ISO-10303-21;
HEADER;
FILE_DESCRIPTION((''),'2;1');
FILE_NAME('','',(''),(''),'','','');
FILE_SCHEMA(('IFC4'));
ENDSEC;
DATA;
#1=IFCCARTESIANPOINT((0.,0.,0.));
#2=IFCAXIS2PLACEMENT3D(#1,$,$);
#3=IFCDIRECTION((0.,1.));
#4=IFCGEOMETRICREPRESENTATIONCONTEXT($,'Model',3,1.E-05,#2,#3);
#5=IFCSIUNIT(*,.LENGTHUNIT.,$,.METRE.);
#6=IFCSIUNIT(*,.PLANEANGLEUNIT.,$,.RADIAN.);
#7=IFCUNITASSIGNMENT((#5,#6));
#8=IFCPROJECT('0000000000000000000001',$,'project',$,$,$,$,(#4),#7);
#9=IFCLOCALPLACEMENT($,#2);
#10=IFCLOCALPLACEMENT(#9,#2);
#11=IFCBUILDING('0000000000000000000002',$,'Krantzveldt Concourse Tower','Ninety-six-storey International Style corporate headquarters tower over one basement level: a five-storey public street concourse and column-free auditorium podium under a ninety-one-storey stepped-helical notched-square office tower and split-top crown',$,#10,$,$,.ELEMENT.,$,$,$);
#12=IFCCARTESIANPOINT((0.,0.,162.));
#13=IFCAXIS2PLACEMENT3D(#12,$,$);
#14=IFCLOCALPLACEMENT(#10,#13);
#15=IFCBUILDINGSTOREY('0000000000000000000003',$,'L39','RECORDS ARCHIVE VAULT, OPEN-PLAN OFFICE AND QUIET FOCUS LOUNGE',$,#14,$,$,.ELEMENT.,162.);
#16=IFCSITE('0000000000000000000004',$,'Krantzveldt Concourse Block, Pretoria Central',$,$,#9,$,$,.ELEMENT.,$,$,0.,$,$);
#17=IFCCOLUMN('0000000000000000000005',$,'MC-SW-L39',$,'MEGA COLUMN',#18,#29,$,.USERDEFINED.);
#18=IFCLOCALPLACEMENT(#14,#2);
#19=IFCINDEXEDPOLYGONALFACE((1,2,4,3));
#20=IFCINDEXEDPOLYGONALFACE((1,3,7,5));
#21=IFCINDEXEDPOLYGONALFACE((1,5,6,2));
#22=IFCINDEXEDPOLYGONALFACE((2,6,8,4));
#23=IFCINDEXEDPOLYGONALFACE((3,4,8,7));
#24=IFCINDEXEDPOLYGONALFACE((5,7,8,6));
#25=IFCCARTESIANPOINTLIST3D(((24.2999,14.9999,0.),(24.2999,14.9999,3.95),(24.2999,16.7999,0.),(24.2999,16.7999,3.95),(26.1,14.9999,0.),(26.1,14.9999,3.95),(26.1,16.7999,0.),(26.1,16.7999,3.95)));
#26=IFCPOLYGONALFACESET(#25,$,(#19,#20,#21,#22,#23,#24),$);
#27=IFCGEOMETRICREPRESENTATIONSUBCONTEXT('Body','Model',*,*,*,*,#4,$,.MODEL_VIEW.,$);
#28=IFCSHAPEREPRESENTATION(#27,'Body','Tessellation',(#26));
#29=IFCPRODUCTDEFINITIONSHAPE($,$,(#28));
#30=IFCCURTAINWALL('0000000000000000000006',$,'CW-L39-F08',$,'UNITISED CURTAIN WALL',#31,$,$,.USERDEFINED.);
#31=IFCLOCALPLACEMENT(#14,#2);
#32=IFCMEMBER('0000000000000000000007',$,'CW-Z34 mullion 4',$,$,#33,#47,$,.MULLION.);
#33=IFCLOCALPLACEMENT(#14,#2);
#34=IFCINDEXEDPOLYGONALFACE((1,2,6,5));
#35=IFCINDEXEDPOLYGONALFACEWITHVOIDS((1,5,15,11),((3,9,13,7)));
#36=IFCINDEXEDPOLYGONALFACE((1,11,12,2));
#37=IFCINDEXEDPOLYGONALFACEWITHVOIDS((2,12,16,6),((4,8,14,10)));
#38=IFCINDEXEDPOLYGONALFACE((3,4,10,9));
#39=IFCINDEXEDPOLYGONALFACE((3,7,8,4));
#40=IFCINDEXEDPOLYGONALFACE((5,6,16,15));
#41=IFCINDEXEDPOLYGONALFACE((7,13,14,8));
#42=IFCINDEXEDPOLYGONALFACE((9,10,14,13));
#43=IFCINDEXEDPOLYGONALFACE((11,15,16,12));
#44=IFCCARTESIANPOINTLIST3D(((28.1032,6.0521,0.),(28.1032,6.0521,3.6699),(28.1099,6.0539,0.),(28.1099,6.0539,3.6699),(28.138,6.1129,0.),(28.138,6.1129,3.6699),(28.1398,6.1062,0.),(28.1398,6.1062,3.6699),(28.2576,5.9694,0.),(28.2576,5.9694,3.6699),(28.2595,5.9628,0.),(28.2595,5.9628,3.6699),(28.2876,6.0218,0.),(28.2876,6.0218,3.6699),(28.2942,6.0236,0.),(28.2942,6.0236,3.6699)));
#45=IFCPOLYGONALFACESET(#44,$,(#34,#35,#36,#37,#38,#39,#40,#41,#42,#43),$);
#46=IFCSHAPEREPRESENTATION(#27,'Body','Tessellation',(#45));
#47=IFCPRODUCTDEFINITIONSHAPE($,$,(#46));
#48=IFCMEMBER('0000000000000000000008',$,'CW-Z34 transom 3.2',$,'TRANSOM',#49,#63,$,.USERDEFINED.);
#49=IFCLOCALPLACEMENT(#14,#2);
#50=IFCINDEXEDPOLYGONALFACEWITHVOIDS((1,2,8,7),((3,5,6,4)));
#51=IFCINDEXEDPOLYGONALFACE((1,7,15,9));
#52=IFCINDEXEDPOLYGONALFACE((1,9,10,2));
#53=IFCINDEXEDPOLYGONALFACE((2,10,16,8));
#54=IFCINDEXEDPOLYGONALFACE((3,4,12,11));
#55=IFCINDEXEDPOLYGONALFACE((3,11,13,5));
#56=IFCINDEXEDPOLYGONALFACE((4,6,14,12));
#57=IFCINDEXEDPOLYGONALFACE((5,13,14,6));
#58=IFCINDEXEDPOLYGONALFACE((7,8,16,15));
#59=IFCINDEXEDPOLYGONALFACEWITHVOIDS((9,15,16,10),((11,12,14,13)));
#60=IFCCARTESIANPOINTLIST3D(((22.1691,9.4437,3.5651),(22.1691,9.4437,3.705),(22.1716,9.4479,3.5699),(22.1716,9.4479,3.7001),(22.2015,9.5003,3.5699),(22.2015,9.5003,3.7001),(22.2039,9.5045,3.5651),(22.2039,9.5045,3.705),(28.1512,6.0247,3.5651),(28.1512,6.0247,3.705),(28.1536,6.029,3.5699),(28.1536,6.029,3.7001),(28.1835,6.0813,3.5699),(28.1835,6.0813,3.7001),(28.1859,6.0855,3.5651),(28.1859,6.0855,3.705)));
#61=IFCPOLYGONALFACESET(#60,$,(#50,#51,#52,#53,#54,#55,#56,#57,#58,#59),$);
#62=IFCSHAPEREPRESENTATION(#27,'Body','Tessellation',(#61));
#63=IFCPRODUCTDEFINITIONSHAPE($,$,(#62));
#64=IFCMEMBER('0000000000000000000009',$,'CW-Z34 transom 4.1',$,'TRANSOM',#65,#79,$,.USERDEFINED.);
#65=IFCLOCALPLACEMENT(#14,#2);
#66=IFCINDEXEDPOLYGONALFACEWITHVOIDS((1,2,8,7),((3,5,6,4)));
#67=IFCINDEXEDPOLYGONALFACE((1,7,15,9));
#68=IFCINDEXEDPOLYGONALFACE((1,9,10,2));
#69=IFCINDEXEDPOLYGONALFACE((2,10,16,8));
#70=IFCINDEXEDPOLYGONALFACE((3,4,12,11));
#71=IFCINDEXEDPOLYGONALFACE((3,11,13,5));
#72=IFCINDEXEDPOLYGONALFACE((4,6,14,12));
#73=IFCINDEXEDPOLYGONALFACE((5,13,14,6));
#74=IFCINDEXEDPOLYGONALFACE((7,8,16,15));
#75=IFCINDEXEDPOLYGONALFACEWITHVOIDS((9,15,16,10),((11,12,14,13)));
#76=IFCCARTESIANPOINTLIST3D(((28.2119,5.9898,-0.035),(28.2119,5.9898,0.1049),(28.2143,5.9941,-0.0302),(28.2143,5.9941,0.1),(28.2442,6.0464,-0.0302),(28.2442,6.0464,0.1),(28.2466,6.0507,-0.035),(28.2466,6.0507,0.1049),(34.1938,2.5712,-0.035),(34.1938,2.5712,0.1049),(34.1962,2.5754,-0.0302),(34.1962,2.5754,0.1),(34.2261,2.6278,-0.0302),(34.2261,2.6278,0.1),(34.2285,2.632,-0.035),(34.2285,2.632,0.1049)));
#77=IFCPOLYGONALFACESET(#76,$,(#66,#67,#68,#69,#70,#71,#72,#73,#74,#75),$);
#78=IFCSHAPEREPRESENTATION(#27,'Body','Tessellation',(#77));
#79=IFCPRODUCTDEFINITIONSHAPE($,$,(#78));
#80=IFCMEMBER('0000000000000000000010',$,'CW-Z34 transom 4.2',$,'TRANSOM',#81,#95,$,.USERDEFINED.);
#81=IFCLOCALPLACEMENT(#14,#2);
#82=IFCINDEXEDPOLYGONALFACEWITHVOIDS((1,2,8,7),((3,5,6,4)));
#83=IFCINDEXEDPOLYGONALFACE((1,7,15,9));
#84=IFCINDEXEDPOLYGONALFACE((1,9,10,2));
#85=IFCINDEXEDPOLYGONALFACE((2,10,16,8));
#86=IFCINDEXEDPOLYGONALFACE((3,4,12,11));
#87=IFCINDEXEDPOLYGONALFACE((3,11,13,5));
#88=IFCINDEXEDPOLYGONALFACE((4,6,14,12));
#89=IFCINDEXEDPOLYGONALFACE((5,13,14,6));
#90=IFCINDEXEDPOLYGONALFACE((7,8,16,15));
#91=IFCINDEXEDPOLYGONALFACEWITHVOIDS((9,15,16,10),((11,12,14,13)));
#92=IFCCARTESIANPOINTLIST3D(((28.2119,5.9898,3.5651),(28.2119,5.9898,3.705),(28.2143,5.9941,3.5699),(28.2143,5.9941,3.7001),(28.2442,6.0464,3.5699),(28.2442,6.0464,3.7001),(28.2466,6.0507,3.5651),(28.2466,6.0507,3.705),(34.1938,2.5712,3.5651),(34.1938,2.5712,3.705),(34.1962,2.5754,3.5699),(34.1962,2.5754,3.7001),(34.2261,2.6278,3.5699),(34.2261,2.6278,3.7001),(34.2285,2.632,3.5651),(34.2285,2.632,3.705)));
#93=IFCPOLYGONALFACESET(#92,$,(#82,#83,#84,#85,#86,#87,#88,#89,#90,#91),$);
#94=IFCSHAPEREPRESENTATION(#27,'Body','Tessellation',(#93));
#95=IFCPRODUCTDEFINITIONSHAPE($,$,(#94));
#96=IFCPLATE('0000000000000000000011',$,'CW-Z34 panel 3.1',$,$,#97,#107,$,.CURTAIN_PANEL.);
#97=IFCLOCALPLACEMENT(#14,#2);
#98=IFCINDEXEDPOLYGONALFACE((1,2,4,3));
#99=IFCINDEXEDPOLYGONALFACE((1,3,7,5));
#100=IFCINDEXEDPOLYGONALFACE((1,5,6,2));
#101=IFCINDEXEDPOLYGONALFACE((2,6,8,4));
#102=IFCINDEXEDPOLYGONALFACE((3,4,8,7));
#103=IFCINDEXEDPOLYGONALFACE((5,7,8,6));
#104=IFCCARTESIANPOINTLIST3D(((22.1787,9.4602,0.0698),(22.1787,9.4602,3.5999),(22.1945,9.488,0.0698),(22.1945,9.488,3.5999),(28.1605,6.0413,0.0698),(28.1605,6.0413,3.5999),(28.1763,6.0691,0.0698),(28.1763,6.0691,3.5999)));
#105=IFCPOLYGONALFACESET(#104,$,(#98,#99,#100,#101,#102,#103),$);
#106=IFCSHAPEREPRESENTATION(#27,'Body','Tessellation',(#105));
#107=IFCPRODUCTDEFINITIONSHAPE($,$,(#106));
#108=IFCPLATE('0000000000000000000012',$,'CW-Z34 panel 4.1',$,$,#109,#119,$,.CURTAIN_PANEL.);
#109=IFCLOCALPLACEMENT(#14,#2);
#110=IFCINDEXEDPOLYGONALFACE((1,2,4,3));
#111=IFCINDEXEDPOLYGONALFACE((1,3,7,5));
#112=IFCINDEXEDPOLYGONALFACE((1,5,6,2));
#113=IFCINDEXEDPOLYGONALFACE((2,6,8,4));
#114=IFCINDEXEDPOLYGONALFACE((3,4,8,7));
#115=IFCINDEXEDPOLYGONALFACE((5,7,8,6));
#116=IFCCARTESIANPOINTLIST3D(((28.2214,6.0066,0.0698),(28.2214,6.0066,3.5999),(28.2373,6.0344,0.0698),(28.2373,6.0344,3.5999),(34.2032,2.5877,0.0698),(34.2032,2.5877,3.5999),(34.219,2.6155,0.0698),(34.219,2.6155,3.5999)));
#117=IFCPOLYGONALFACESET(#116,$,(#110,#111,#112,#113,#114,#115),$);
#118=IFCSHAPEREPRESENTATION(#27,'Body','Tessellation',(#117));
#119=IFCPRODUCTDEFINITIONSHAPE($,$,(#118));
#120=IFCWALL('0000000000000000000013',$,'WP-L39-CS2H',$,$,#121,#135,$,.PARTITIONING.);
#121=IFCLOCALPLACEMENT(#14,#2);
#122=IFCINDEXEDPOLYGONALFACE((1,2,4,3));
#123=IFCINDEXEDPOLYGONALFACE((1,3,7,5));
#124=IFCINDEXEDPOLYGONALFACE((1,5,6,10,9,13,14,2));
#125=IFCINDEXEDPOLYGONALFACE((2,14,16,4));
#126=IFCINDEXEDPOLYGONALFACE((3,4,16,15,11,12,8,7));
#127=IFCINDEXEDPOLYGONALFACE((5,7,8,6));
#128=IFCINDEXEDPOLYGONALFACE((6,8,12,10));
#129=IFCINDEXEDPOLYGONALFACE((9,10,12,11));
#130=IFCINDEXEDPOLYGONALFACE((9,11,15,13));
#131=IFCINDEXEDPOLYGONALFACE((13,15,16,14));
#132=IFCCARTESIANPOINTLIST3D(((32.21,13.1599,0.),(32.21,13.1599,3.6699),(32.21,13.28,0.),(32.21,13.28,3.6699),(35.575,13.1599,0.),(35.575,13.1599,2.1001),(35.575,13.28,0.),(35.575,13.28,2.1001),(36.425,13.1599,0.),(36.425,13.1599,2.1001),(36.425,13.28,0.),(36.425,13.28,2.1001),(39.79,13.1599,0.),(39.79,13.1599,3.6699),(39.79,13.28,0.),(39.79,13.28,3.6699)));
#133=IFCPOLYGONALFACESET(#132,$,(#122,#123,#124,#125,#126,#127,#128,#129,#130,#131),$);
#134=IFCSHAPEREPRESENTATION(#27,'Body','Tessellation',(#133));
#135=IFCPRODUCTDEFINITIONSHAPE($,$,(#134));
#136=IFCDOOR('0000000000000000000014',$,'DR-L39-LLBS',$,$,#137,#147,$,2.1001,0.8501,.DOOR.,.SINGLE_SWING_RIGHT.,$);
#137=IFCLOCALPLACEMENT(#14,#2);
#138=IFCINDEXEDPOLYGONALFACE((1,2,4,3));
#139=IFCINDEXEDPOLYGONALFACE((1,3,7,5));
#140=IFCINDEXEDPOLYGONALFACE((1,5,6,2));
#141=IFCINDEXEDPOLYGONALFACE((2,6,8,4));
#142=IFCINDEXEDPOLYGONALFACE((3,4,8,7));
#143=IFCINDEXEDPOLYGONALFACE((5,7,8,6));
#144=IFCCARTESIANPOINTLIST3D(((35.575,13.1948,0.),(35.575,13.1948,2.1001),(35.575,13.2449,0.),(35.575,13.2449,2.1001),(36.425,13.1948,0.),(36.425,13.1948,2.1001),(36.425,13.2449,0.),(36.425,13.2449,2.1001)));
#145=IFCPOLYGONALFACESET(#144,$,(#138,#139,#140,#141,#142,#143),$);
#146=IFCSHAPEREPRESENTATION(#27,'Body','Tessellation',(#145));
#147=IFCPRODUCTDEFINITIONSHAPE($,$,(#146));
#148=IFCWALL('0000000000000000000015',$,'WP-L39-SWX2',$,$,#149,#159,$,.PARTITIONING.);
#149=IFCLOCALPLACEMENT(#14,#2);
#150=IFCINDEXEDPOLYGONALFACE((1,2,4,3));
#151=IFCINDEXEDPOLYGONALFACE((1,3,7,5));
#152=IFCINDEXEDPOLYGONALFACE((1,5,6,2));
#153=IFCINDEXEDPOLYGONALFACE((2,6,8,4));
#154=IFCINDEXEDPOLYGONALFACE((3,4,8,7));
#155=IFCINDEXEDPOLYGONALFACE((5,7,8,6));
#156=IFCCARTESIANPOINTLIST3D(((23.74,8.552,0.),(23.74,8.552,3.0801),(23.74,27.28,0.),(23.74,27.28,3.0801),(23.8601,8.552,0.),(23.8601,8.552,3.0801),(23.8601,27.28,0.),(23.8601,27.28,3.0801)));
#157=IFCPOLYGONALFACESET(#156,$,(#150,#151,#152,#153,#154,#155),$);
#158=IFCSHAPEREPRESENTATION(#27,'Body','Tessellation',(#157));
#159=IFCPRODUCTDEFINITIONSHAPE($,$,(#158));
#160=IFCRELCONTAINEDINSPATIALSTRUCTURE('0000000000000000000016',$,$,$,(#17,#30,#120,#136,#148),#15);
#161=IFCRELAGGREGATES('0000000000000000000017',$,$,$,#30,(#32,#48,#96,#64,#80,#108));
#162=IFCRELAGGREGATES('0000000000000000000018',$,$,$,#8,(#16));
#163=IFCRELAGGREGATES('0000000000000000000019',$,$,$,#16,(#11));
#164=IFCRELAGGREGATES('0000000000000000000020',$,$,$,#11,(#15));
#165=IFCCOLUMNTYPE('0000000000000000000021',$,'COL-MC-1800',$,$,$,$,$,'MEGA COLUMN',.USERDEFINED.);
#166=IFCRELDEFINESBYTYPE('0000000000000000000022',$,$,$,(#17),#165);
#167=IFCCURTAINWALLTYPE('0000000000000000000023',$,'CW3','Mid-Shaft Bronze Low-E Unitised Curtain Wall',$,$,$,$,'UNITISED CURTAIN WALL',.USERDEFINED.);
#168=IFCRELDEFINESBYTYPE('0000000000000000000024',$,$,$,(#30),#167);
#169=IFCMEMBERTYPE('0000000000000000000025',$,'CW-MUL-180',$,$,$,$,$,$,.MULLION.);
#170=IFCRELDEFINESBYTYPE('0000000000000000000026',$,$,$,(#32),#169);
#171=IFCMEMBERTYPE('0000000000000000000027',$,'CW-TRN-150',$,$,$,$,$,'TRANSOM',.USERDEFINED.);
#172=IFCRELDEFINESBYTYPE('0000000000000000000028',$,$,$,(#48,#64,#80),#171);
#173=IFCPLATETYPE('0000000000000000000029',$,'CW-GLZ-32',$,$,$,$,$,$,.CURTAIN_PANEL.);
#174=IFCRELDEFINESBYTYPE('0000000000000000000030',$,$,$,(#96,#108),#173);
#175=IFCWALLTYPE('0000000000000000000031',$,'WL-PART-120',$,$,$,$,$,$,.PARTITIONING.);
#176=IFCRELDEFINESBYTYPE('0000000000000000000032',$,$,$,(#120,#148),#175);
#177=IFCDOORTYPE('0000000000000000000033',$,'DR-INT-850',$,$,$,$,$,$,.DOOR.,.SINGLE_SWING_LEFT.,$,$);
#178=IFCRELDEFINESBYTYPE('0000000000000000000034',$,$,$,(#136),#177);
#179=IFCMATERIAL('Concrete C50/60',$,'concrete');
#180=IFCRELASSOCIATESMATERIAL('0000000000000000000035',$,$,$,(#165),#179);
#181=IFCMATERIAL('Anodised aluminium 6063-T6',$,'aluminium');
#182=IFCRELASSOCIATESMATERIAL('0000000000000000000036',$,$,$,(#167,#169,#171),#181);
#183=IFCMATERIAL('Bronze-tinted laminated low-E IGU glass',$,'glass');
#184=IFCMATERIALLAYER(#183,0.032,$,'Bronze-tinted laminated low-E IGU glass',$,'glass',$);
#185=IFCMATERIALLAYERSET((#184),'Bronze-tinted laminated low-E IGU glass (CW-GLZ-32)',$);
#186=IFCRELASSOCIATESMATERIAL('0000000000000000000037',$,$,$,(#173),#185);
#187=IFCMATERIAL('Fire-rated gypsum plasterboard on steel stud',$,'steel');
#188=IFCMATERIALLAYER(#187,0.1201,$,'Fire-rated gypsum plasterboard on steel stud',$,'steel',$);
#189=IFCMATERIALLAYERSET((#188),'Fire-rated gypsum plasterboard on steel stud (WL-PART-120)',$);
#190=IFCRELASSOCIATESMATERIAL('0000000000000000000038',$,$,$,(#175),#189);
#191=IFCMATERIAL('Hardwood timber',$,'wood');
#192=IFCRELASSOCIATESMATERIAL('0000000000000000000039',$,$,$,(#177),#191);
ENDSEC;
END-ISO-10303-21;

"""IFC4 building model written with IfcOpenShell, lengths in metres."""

from ifc_helpers import new_model, si_unit, direction, frame, frame_2d, origin, origin_2d, place, context, subcontext, project, spatial, rectangle, hollow_rectangle, extrude, source, transform, mapped, material, layer, layer_set, material_profile, profile_set, type_object, type_shapes, element, fill, aggregate, save


model = new_model("IFC4")

# Units and contexts
model_context = context("Model", 3, precision=1e-05, world=origin(), true_north=direction((0.0, 1.0)))
body_context = subcontext(model_context, "Body", "Model", "MODEL_VIEW")
ifc_project = project(units=[si_unit("LENGTHUNIT", "METRE"), si_unit("PLANEANGLEUNIT", "RADIAN")], contexts=[model_context])

# Site, building, storey
site_placement = place(None, origin())
site = spatial("IfcSite", under=ifc_project, at=site_placement, Name="Krantzveldt Concourse Block, Pretoria Central", CompositionType="ELEMENT", RefElevation=0.0)
building_placement = place(site_placement, origin())
building = spatial("IfcBuilding", under=site, at=building_placement, Name="Krantzveldt Concourse Tower", Description="Ninety-six-storey International Style corporate headquarters tower over one basement level: a five-storey public street concourse and column-free auditorium podium under a ninety-one-storey stepped-helical notched-square office tower and split-top crown", CompositionType="ELEMENT")
storey_placement = place(building_placement, frame((0.0, 0.0, 162.0)))
storey = spatial("IfcBuildingStorey", under=building, at=storey_placement, Name="L39", Description="RECORDS ARCHIVE VAULT, OPEN-PLAN OFFICE AND QUIET FOCUS LOUNGE", CompositionType="ELEMENT", Elevation=162.0)

# Column
ifc_material_1 = material(Name="Concrete C50/60", Category="concrete")
ifc_material_profile_1 = material_profile(ifc_material_1, rectangle(XDim=1.8, YDim=1.8, at=origin_2d()), Name="Concrete C50/60", Category="concrete")
ifc_profile_set_1 = profile_set([ifc_material_profile_1], Name="Concrete C50/60 - RC 1800x1800")
column_type = type_object("IfcColumnType", Name="COL-MC-1800", ElementType="MEGA COLUMN", PredefinedType="USERDEFINED", material=ifc_profile_set_1)
shared_shape_1 = source(origin(), body_context, "Body", "SweptSolid", [
    extrude(rectangle(XDim=1.8, YDim=1.8, at=origin_2d()), origin(), (0.0, 0.0, 1.0), 3.95),
])
type_shapes(column_type, [shared_shape_1])
column_placement = place(storey_placement, frame((25.2, 15.8999, 0.0), z_axis=(0.0, 0.0, 1.0), x_axis=(1.0, 0.0, 0.0)))
element("IfcColumn", 1, at=column_placement, inside=storey, type_object=column_type, Name="MC-SW-L39", ObjectType="MEGA COLUMN", PredefinedType="USERDEFINED", context=body_context, shape_type="MappedRepresentation", body=[
    mapped(shared_shape_1, transform((0.0, 0.0, 0.0), x_axis=(1.0, 0.0, 0.0), y_axis=(0.0, 1.0, 0.0), z_axis=(0.0, 0.0, 1.0), scale=1.0)),
])

# Curtain wall, members, plates
ifc_material_2 = material(Name="Anodised aluminium 6063-T6", Category="aluminium")
curtain_wall_type = type_object("IfcCurtainWallType", Name="CW3", Description="Mid-Shaft Bronze Low-E Unitised Curtain Wall", ElementType="UNITISED CURTAIN WALL", PredefinedType="USERDEFINED", material=ifc_material_2)
curtain_wall_placement = place(storey_placement, origin())
curtain_wall = element("IfcCurtainWall", 2, at=curtain_wall_placement, inside=storey, type_object=curtain_wall_type, Name="CW-L39-F08", ObjectType="UNITISED CURTAIN WALL", PredefinedType="USERDEFINED")
ifc_material_profile_2 = material_profile(ifc_material_2, hollow_rectangle(XDim=0.0701, YDim=0.1799, WallThickness=0.0049, at=origin_2d()), Name="Anodised aluminium 6063-T6", Category="aluminium")
ifc_profile_set_2 = profile_set([ifc_material_profile_2], Name="Anodised aluminium 6063-T6 - ALU-MULL 180x70x5")
member_type_1 = type_object("IfcMemberType", Name="CW-MUL-180", PredefinedType="MULLION", material=ifc_profile_set_2)
shared_shape_2 = source(origin(), body_context, "Body", "SweptSolid", [
    extrude(hollow_rectangle(XDim=0.0701, YDim=0.1799, WallThickness=0.0049, at=origin_2d()), origin(), (0.0, 0.0, 1.0), 3.6699),
])
type_shapes(member_type_1, [shared_shape_2])
member_1_placement = place(storey_placement, frame((28.1987, 6.0378, 0.0), z_axis=(0.0, 0.0, 1.0), x_axis=(0.496216, 0.868199, 0.0)))
member_1 = element("IfcMember", 3, at=member_1_placement, type_object=member_type_1, Name="CW-Z34 mullion 4", PredefinedType="MULLION", context=body_context, shape_type="MappedRepresentation", body=[
    mapped(shared_shape_2, transform((0.0, 0.0, 0.0), x_axis=(1.0, 0.0, 0.0), y_axis=(0.0, 1.0, 0.0), z_axis=(0.0, 0.0, 1.0), scale=1.0)),
])
ifc_material_profile_3 = material_profile(ifc_material_2, hollow_rectangle(XDim=0.0701, YDim=0.1399, WallThickness=0.0049, at=origin_2d()), Name="Anodised aluminium 6063-T6", Category="aluminium")
ifc_profile_set_3 = profile_set([ifc_material_profile_3], Name="Anodised aluminium 6063-T6 - ALU-TRAN 140x70x5")
member_type_2 = type_object("IfcMemberType", Name="CW-TRN-150", ElementType="TRANSOM", PredefinedType="USERDEFINED", material=ifc_profile_set_3)
shared_shape_3 = source(origin(), body_context, "Body", "SweptSolid", [
    extrude(hollow_rectangle(XDim=0.0701, YDim=0.1399, WallThickness=0.0049, at=origin_2d()), origin(), (0.0, 0.0, 1.0), 6.8901),
])
member_2_placement = place(storey_placement, frame((22.1865, 9.4741, 3.635), z_axis=(0.8682, -0.496215, 0.0), x_axis=(0.496215, 0.8682, 0.0)))
member_2 = element("IfcMember", 4, at=member_2_placement, type_object=member_type_2, Name="CW-Z34 transom 3.2", ObjectType="TRANSOM", PredefinedType="USERDEFINED", context=body_context, shape_type="MappedRepresentation", body=[
    mapped(shared_shape_3, transform((0.0, 0.0, 0.0), x_axis=(1.0, 0.0, 0.0), y_axis=(0.0, 1.0, 0.0), z_axis=(0.0, 0.0, 1.0), scale=1.0)),
])
shared_shape_4 = source(origin(), body_context, "Body", "SweptSolid", [
    extrude(hollow_rectangle(XDim=0.0701, YDim=0.1399, WallThickness=0.0049, at=origin_2d()), origin(), (0.0, 0.0, 1.0), 6.8899),
])
type_shapes(member_type_2, [shared_shape_3, shared_shape_4])
member_3_placement = place(storey_placement, frame((28.2292, 6.0203, 0.0349), z_axis=(0.868215, -0.496189, 0.0), x_axis=(0.496189, 0.868215, 0.0)))
member_3 = element("IfcMember", 5, at=member_3_placement, type_object=member_type_2, Name="CW-Z34 transom 4.1", ObjectType="TRANSOM", PredefinedType="USERDEFINED", context=body_context, shape_type="MappedRepresentation", body=[
    mapped(shared_shape_4, transform((0.0, 0.0, 0.0), x_axis=(1.0, 0.0, 0.0), y_axis=(0.0, 1.0, 0.0), z_axis=(0.0, 0.0, 1.0), scale=1.0)),
])
member_4_placement = place(storey_placement, frame((28.2292, 6.0203, 3.635), z_axis=(0.868215, -0.496189, 0.0), x_axis=(0.496189, 0.868215, 0.0)))
member_4 = element("IfcMember", 6, at=member_4_placement, type_object=member_type_2, Name="CW-Z34 transom 4.2", ObjectType="TRANSOM", PredefinedType="USERDEFINED", context=body_context, shape_type="MappedRepresentation", body=[
    mapped(shared_shape_4, transform((0.0, 0.0, 0.0), x_axis=(1.0, 0.0, 0.0), y_axis=(0.0, 1.0, 0.0), z_axis=(0.0, 0.0, 1.0), scale=1.0)),
])
ifc_material_3 = material(Name="Bronze-tinted laminated low-E IGU glass", Category="glass")
ifc_layer_1 = layer(ifc_material_3, 0.032, Name="Bronze-tinted laminated low-E IGU glass", Category="glass")
ifc_layer_set_1 = layer_set([ifc_layer_1], Name="Bronze-tinted laminated low-E IGU glass (CW-GLZ-32)")
plate_type = type_object("IfcPlateType", Name="CW-GLZ-32", PredefinedType="CURTAIN_PANEL", material=ifc_layer_set_1)
shared_shape_5 = source(origin(), body_context, "Body", "SweptSolid", [
    extrude(rectangle(XDim=6.8899, YDim=0.032, at=origin_2d()), origin(), (0.0, 0.0, 1.0), 3.53),
])
type_shapes(plate_type, [shared_shape_5])
plate_1_placement = place(storey_placement, frame((25.1775, 7.7646, 0.0698), z_axis=(0.0, 0.0, 1.0), x_axis=(0.868199, -0.496216, 0.0)))
plate_1 = element("IfcPlate", 7, at=plate_1_placement, type_object=plate_type, Name="CW-Z34 panel 3.1", PredefinedType="CURTAIN_PANEL", context=body_context, shape_type="MappedRepresentation", body=[
    mapped(shared_shape_5, transform((0.0, 0.0, 0.0), x_axis=(1.0, 0.0, 0.0), y_axis=(0.0, 1.0, 0.0), z_axis=(0.0, 0.0, 1.0), scale=1.0)),
])
plate_2_placement = place(storey_placement, frame((31.2202, 4.311, 0.0698), z_axis=(0.0, 0.0, 1.0), x_axis=(0.868199, -0.496216, 0.0)))
plate_2 = element("IfcPlate", 8, at=plate_2_placement, type_object=plate_type, Name="CW-Z34 panel 4.1", PredefinedType="CURTAIN_PANEL", context=body_context, shape_type="MappedRepresentation", body=[
    mapped(shared_shape_5, transform((0.0, 0.0, 0.0), x_axis=(1.0, 0.0, 0.0), y_axis=(0.0, 1.0, 0.0), z_axis=(0.0, 0.0, 1.0), scale=1.0)),
])
aggregate(curtain_wall, [member_1, member_2, plate_1, member_3, member_4, plate_2])

# Wall, opening, door
ifc_material_4 = material(Name="Fire-rated gypsum plasterboard on steel stud", Category="steel")
ifc_layer_2 = layer(ifc_material_4, 0.1201, Name="Fire-rated gypsum plasterboard on steel stud", Category="steel")
ifc_layer_set_2 = layer_set([ifc_layer_2], Name="Fire-rated gypsum plasterboard on steel stud (WL-PART-120)")
wall_type_1 = type_object("IfcWallType", Name="WL-PART-120", PredefinedType="PARTITIONING", material=ifc_layer_set_2)
wall_1_placement = place(storey_placement, frame((32.21, 13.22, 0.0), z_axis=(0.0, 0.0, 1.0), x_axis=(1.0, 0.0, 0.0)))
wall_1 = element("IfcWall", 9, at=wall_1_placement, inside=storey, type_object=wall_type_1, Name="WP-L39-CS2H", PredefinedType="PARTITIONING", context=body_context, shape_type="SweptSolid", body=[
    extrude(rectangle(XDim=7.5801, YDim=0.1201, at=frame_2d((3.79, 0.0))), origin(), (0.0, 0.0, 1.0), 3.6699),
])
opening_1_placement = place(wall_1_placement, frame((3.365, 0.0, 0.0)))
opening_1 = element("IfcOpeningElement", 10, at=opening_1_placement, cuts=wall_1, PredefinedType="OPENING", context=body_context, shape_type="SweptSolid", body=[
    extrude(rectangle(XDim=0.8501, YDim=2.1001, at=frame_2d((0.425, 1.05))), frame((0.0, 0.0701, 0.0), z_axis=(0.0, -1.0, 0.0), x_axis=(1.0, 0.0, 0.0)), (0.0, 0.0, 1.0), 0.1401),
])
ifc_material_5 = material(Name="Hardwood timber", Category="wood")
door_type_1 = type_object("IfcDoorType", Name="DR-INT-850", OperationType="SINGLE_SWING_LEFT", PredefinedType="DOOR", material=ifc_material_5)
door_1_placement = place(opening_1_placement, origin())
door_1 = element("IfcDoor", 11, at=door_1_placement, inside=storey, type_object=door_type_1, Name="DR-L39-LLBS", OperationType="SINGLE_SWING_RIGHT", OverallHeight=2.1001, OverallWidth=0.8501, PredefinedType="DOOR", context=body_context, shape_type="SweptSolid", body=[
    extrude(rectangle(XDim=0.8501, YDim=2.1001, at=frame_2d((0.425, 1.05))), frame((0.0, 0.0249, 0.0), z_axis=(0.0, -1.0, 0.0), x_axis=(1.0, 0.0, 0.0)), (0.0, 0.0, 1.0), 0.05),
])
fill(opening_1, door_1)

# Wall
wall_2_placement = place(storey_placement, frame((23.8, 8.552, 0.0), z_axis=(0.0, 0.0, 1.0), x_axis=(0.0, 1.0, 0.0)))
element("IfcWall", 12, at=wall_2_placement, inside=storey, type_object=wall_type_1, Name="WP-L39-SWX2", PredefinedType="PARTITIONING", context=body_context, shape_type="SweptSolid", body=[
    extrude(rectangle(XDim=18.728, YDim=0.1201, at=frame_2d((9.364, 0.0))), origin(), (0.0, 0.0, 1.0), 3.0801),
])

save(model, "model.ifc")
